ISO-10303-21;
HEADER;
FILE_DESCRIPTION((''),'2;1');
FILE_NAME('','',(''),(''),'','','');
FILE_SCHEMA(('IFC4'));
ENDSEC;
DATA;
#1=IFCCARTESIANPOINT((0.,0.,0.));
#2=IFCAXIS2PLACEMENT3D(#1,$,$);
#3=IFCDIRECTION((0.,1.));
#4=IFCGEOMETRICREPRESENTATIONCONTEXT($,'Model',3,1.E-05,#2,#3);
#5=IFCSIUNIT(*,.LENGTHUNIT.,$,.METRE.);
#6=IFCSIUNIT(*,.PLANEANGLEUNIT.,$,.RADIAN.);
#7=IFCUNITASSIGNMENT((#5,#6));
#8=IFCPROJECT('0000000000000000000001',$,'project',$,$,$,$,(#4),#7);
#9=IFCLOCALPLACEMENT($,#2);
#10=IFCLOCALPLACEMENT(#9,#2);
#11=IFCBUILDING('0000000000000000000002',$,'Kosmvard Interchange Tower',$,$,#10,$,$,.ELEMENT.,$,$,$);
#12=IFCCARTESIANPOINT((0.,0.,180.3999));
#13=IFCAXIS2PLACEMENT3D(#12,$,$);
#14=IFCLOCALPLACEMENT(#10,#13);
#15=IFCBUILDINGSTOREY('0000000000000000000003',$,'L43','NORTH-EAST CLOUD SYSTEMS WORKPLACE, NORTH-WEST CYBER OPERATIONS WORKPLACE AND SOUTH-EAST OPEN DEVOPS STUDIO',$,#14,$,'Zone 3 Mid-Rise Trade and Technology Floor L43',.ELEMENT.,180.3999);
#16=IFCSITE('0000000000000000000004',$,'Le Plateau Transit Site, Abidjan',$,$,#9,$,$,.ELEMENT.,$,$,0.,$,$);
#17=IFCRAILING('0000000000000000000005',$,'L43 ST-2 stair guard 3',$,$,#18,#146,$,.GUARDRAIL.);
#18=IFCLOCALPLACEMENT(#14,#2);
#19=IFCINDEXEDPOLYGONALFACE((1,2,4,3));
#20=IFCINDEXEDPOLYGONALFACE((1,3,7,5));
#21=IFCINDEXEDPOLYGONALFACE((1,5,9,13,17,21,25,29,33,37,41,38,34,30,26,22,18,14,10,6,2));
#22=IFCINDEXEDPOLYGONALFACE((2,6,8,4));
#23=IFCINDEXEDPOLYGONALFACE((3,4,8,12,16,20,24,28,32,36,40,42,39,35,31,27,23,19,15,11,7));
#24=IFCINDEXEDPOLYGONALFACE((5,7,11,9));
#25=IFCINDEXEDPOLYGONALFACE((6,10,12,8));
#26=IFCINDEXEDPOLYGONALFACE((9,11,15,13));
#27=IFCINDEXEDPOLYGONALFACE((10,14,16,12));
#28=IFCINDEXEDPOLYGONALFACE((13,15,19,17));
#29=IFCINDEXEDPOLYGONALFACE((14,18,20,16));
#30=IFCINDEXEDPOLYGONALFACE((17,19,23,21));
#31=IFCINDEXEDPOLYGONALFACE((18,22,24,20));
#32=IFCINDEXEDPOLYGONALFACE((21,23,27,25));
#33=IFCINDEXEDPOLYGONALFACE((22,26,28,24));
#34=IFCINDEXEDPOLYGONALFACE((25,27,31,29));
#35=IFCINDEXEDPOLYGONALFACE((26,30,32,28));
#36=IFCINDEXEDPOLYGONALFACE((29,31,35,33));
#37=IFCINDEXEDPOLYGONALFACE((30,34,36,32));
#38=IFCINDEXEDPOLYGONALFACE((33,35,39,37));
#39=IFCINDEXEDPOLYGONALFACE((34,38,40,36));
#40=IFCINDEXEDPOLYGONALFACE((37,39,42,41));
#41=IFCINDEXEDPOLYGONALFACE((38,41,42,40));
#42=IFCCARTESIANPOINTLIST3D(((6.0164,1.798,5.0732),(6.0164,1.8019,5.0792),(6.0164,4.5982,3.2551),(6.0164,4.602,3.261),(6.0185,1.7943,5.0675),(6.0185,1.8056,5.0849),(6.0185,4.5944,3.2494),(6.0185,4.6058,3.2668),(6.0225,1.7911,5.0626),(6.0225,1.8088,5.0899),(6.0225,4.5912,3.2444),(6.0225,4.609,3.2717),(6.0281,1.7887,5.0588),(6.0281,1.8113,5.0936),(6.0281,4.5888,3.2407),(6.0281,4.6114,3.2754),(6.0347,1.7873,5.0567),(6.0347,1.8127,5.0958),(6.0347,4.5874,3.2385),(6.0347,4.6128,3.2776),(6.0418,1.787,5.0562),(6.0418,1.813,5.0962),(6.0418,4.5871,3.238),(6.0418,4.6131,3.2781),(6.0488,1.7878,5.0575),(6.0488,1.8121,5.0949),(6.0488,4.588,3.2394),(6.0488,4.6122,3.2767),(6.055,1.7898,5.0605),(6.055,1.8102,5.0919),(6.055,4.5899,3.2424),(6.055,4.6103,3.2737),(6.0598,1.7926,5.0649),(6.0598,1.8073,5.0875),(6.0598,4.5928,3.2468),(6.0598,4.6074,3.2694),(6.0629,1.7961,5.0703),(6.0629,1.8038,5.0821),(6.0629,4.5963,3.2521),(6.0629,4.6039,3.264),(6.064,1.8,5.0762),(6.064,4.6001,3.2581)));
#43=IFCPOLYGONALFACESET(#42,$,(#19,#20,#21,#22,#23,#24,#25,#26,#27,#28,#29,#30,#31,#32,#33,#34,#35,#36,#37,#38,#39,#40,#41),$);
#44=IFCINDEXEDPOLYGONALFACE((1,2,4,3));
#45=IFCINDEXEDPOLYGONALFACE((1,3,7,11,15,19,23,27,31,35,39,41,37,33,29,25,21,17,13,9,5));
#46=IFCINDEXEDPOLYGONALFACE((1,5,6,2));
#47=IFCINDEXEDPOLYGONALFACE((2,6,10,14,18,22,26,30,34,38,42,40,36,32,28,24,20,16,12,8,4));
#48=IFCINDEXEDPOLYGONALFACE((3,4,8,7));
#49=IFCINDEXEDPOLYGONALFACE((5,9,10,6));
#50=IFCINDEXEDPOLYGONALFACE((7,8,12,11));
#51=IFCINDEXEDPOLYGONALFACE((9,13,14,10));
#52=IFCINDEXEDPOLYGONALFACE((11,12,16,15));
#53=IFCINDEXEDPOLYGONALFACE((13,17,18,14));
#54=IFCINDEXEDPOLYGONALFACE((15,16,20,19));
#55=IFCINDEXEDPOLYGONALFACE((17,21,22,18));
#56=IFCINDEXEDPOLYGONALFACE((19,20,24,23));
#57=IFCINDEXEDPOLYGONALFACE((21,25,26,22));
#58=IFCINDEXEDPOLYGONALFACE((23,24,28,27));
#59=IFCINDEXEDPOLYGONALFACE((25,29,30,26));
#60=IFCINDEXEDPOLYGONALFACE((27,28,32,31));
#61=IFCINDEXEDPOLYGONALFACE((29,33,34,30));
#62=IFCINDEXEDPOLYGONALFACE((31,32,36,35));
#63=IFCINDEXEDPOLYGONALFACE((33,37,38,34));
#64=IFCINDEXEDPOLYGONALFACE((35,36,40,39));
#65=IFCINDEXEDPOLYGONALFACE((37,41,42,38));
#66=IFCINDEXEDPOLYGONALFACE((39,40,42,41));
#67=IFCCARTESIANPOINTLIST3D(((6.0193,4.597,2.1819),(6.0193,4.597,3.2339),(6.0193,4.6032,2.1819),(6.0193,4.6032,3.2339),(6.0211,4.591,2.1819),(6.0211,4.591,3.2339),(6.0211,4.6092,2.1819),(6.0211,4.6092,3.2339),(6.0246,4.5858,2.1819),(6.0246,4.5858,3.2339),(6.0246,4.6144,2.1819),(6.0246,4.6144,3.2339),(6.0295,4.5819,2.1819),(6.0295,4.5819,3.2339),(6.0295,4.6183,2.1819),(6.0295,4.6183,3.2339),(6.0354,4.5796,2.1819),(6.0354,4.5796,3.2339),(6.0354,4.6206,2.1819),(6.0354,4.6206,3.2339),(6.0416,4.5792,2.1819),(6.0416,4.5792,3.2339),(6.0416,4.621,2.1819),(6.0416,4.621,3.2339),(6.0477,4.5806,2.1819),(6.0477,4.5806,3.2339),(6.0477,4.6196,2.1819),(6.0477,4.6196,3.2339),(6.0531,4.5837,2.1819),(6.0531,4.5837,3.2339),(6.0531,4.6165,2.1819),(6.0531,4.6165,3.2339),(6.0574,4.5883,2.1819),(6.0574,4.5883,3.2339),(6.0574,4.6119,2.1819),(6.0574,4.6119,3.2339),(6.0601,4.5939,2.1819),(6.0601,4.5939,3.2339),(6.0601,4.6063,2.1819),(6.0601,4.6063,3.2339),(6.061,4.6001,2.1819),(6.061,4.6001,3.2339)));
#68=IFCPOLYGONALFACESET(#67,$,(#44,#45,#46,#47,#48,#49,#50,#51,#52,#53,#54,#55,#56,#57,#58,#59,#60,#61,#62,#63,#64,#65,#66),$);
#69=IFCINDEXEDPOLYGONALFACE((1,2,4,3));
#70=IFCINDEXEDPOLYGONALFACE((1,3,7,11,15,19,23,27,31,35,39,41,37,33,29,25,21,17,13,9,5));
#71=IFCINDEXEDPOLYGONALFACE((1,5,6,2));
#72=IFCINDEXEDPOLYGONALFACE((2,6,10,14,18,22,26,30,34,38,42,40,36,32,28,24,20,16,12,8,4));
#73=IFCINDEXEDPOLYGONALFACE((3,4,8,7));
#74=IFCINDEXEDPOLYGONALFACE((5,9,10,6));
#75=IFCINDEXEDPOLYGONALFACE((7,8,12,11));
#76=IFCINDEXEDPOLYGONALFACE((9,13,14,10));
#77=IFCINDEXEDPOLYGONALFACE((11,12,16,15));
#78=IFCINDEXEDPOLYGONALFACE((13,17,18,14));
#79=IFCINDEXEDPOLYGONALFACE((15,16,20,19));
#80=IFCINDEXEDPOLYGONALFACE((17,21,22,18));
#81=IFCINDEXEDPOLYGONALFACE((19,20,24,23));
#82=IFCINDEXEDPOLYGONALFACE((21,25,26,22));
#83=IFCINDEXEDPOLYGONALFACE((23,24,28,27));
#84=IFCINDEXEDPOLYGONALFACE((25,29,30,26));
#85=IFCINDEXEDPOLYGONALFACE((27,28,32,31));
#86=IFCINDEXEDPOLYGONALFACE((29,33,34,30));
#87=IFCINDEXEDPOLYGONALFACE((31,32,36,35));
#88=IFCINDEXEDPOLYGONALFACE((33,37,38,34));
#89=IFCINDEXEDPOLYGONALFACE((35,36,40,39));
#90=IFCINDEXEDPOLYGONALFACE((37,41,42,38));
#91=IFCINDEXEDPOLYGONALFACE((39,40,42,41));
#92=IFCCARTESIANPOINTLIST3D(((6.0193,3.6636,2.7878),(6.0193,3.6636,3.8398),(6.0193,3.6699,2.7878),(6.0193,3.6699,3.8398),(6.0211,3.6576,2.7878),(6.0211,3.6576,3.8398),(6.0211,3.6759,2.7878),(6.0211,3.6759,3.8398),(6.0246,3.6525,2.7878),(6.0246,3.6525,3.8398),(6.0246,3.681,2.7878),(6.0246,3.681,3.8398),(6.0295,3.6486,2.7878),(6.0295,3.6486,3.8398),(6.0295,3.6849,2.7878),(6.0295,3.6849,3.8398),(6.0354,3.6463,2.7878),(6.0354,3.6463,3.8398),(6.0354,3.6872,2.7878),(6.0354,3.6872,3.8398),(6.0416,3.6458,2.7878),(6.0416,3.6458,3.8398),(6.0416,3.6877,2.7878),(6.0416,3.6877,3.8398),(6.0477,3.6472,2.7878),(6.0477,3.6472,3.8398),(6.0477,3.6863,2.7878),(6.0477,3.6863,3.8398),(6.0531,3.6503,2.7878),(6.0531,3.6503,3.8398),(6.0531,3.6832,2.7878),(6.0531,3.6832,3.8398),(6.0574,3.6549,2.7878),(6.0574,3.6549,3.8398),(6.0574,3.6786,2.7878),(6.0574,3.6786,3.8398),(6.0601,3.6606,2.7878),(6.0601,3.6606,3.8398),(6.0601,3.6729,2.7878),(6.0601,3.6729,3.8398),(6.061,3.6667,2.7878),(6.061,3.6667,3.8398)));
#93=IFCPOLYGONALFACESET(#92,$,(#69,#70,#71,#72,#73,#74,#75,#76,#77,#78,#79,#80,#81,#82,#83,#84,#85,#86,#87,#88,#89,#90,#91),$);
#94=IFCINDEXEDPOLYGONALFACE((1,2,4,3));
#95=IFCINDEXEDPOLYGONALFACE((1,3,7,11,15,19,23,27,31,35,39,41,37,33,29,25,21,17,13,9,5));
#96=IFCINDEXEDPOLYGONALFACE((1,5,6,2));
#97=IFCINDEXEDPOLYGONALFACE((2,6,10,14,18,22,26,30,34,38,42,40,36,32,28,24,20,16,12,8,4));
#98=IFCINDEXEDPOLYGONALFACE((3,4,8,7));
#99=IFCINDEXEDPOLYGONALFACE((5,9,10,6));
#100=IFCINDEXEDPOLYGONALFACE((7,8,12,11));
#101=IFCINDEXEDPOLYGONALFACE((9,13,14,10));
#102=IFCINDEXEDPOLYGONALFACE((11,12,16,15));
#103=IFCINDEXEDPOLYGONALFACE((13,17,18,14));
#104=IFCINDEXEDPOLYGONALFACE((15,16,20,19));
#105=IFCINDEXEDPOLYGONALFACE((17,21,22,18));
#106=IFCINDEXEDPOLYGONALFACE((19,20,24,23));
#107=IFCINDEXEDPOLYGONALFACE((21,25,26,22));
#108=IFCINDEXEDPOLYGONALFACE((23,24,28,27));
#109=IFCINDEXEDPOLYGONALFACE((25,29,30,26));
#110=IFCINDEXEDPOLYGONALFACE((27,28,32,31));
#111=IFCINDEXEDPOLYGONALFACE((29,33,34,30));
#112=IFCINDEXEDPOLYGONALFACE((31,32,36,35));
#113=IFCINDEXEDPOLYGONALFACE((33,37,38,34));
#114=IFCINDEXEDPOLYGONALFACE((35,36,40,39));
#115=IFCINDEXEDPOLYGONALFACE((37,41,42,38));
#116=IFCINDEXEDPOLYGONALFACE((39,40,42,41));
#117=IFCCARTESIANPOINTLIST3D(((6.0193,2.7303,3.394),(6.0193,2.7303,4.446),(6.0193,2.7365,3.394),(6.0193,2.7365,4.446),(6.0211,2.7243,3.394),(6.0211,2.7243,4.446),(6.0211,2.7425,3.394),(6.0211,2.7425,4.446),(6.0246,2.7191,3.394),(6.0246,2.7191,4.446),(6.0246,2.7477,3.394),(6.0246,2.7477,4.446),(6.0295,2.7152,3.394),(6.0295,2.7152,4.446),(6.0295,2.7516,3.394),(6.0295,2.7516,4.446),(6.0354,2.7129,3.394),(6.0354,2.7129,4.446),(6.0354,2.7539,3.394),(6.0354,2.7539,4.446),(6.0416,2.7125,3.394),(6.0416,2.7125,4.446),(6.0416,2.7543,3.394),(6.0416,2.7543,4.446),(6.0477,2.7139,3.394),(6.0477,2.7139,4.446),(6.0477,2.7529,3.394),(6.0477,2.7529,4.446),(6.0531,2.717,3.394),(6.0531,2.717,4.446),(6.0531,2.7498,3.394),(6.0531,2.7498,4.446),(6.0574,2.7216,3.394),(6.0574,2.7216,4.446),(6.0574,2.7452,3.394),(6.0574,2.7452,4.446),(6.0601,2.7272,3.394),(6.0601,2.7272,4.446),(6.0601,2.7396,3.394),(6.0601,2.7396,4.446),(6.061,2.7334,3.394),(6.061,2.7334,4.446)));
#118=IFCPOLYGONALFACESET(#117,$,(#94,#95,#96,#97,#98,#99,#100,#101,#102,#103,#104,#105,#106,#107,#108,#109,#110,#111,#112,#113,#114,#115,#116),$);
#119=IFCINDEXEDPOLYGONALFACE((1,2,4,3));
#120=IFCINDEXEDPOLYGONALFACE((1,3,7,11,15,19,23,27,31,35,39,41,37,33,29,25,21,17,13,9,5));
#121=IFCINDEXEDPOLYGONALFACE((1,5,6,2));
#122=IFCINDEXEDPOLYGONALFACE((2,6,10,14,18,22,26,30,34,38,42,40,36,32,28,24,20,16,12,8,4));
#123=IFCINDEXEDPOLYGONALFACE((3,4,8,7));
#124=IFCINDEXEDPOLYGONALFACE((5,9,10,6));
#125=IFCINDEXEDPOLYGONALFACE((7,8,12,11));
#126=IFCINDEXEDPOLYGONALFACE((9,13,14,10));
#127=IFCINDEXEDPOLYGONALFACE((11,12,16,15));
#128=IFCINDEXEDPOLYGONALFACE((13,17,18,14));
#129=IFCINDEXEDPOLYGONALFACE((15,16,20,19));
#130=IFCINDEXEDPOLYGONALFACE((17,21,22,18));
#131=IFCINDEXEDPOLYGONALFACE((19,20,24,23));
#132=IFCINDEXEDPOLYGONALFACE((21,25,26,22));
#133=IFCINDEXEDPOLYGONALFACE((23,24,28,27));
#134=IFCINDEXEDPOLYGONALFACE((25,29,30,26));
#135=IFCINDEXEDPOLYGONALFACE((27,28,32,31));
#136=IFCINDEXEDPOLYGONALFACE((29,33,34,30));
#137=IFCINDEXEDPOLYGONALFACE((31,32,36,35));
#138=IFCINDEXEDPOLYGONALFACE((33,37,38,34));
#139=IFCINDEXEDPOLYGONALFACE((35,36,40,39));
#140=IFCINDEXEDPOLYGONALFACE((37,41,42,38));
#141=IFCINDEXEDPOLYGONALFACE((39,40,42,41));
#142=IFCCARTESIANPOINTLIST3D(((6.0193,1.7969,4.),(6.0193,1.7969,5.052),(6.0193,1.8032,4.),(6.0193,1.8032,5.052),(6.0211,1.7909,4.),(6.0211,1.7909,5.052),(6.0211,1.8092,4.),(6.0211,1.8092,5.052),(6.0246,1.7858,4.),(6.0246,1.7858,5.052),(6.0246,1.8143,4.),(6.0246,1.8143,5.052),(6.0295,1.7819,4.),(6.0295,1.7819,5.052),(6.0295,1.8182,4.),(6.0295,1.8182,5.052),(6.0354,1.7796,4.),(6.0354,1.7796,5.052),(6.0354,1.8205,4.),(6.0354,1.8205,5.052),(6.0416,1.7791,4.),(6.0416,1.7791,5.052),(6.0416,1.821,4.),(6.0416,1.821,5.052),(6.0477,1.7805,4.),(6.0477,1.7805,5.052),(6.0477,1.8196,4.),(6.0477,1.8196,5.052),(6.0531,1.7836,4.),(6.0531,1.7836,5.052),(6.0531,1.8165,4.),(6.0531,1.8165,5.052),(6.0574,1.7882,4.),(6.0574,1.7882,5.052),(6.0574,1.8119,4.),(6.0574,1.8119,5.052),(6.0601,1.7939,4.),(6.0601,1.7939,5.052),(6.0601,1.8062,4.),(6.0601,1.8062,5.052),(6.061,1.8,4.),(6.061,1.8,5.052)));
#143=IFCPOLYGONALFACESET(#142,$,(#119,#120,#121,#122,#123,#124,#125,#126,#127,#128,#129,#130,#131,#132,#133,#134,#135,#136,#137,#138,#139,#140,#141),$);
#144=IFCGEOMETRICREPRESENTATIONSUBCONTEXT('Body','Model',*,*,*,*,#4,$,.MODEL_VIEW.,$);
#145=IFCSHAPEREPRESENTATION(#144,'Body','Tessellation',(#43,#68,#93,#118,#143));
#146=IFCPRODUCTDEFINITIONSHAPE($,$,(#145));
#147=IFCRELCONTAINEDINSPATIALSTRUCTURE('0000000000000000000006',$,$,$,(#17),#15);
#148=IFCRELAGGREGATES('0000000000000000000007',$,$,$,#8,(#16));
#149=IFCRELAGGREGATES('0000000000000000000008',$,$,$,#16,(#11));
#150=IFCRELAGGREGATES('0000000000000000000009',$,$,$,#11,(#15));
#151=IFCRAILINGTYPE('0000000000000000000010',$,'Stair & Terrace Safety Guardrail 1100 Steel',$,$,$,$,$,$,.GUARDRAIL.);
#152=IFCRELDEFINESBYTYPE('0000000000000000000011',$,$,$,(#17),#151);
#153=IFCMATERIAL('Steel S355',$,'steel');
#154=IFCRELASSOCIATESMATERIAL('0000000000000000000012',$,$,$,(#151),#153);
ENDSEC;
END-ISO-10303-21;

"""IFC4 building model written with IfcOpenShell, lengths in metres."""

from ifc_helpers import new_model, si_unit, direction, frame, origin, origin_2d, place, context, subcontext, project, spatial, circle, extrude, source, transform, mapped, material, type_object, element, save


model = new_model("IFC4")

# Units and contexts
model_context = context("Model", 3, precision=1e-05, world=origin(), true_north=direction((0.0, 1.0)))
body_context = subcontext(model_context, "Body", "Model", "MODEL_VIEW")
ifc_project = project(units=[si_unit("LENGTHUNIT", "METRE"), si_unit("PLANEANGLEUNIT", "RADIAN")], contexts=[model_context])

# Site, building, storey
site_placement = place(None, origin())
site = spatial("IfcSite", under=ifc_project, at=site_placement, Name="Le Plateau Transit Site, Abidjan", CompositionType="ELEMENT", RefElevation=0.0)
building_placement = place(site_placement, origin())
building = spatial("IfcBuilding", under=site, at=building_placement, Name="Kosmvard Interchange Tower", CompositionType="ELEMENT")
storey_placement = place(building_placement, frame((0.0, 0.0, 180.3999)))
storey = spatial("IfcBuildingStorey", under=building, at=storey_placement, Name="L43", Description="NORTH-EAST CLOUD SYSTEMS WORKPLACE, NORTH-WEST CYBER OPERATIONS WORKPLACE AND SOUTH-EAST OPEN DEVOPS STUDIO", LongName="Zone 3 Mid-Rise Trade and Technology Floor L43", CompositionType="ELEMENT", Elevation=180.3999)

# Shared definitions
ifc_material_1 = material(Name="Steel S355", Category="steel")

# Railing
railing_type_1 = type_object("IfcRailingType", Name="Stair & Terrace Safety Guardrail 1100 Steel", PredefinedType="GUARDRAIL", material=ifc_material_1)
shared_shape_1 = source(origin(), body_context, "Body", "SweptSolid", [
    extrude(circle(Radius=0.0239, at=origin_2d()), frame((0.0, 0.0, 1.0762), z_axis=(0.0, -0.838706, 0.544585), x_axis=(1.0, 0.0, 0.0)), (0.0, 0.0, 1.0), 3.3386),
    extrude(circle(Radius=0.021, at=origin_2d()), origin(), (0.0, 0.0, 1.0), 1.052),
    extrude(circle(Radius=0.021, at=origin_2d()), frame((0.0, -0.9333, 0.606)), (0.0, 0.0, 1.0), 1.052),
    extrude(circle(Radius=0.021, at=origin_2d()), frame((0.0, -1.8667, 1.2122)), (0.0, 0.0, 1.0), 1.052),
    extrude(circle(Radius=0.021, at=origin_2d()), frame((0.0, -2.8, 1.8181)), (0.0, 0.0, 1.0), 1.052),
])
railing_1_placement = place(storey_placement, frame((6.04, 4.6001, 2.1819)))
element("IfcRailing", 1, at=railing_1_placement, inside=storey, type_object=railing_type_1, Name="L43 ST-2 stair guard 3", PredefinedType="GUARDRAIL", context=body_context, shape_type="MappedRepresentation", body=[
    mapped(shared_shape_1, transform((0.0, 0.0, 0.0), scale=1.0)),
])

save(model, "model.ifc")
